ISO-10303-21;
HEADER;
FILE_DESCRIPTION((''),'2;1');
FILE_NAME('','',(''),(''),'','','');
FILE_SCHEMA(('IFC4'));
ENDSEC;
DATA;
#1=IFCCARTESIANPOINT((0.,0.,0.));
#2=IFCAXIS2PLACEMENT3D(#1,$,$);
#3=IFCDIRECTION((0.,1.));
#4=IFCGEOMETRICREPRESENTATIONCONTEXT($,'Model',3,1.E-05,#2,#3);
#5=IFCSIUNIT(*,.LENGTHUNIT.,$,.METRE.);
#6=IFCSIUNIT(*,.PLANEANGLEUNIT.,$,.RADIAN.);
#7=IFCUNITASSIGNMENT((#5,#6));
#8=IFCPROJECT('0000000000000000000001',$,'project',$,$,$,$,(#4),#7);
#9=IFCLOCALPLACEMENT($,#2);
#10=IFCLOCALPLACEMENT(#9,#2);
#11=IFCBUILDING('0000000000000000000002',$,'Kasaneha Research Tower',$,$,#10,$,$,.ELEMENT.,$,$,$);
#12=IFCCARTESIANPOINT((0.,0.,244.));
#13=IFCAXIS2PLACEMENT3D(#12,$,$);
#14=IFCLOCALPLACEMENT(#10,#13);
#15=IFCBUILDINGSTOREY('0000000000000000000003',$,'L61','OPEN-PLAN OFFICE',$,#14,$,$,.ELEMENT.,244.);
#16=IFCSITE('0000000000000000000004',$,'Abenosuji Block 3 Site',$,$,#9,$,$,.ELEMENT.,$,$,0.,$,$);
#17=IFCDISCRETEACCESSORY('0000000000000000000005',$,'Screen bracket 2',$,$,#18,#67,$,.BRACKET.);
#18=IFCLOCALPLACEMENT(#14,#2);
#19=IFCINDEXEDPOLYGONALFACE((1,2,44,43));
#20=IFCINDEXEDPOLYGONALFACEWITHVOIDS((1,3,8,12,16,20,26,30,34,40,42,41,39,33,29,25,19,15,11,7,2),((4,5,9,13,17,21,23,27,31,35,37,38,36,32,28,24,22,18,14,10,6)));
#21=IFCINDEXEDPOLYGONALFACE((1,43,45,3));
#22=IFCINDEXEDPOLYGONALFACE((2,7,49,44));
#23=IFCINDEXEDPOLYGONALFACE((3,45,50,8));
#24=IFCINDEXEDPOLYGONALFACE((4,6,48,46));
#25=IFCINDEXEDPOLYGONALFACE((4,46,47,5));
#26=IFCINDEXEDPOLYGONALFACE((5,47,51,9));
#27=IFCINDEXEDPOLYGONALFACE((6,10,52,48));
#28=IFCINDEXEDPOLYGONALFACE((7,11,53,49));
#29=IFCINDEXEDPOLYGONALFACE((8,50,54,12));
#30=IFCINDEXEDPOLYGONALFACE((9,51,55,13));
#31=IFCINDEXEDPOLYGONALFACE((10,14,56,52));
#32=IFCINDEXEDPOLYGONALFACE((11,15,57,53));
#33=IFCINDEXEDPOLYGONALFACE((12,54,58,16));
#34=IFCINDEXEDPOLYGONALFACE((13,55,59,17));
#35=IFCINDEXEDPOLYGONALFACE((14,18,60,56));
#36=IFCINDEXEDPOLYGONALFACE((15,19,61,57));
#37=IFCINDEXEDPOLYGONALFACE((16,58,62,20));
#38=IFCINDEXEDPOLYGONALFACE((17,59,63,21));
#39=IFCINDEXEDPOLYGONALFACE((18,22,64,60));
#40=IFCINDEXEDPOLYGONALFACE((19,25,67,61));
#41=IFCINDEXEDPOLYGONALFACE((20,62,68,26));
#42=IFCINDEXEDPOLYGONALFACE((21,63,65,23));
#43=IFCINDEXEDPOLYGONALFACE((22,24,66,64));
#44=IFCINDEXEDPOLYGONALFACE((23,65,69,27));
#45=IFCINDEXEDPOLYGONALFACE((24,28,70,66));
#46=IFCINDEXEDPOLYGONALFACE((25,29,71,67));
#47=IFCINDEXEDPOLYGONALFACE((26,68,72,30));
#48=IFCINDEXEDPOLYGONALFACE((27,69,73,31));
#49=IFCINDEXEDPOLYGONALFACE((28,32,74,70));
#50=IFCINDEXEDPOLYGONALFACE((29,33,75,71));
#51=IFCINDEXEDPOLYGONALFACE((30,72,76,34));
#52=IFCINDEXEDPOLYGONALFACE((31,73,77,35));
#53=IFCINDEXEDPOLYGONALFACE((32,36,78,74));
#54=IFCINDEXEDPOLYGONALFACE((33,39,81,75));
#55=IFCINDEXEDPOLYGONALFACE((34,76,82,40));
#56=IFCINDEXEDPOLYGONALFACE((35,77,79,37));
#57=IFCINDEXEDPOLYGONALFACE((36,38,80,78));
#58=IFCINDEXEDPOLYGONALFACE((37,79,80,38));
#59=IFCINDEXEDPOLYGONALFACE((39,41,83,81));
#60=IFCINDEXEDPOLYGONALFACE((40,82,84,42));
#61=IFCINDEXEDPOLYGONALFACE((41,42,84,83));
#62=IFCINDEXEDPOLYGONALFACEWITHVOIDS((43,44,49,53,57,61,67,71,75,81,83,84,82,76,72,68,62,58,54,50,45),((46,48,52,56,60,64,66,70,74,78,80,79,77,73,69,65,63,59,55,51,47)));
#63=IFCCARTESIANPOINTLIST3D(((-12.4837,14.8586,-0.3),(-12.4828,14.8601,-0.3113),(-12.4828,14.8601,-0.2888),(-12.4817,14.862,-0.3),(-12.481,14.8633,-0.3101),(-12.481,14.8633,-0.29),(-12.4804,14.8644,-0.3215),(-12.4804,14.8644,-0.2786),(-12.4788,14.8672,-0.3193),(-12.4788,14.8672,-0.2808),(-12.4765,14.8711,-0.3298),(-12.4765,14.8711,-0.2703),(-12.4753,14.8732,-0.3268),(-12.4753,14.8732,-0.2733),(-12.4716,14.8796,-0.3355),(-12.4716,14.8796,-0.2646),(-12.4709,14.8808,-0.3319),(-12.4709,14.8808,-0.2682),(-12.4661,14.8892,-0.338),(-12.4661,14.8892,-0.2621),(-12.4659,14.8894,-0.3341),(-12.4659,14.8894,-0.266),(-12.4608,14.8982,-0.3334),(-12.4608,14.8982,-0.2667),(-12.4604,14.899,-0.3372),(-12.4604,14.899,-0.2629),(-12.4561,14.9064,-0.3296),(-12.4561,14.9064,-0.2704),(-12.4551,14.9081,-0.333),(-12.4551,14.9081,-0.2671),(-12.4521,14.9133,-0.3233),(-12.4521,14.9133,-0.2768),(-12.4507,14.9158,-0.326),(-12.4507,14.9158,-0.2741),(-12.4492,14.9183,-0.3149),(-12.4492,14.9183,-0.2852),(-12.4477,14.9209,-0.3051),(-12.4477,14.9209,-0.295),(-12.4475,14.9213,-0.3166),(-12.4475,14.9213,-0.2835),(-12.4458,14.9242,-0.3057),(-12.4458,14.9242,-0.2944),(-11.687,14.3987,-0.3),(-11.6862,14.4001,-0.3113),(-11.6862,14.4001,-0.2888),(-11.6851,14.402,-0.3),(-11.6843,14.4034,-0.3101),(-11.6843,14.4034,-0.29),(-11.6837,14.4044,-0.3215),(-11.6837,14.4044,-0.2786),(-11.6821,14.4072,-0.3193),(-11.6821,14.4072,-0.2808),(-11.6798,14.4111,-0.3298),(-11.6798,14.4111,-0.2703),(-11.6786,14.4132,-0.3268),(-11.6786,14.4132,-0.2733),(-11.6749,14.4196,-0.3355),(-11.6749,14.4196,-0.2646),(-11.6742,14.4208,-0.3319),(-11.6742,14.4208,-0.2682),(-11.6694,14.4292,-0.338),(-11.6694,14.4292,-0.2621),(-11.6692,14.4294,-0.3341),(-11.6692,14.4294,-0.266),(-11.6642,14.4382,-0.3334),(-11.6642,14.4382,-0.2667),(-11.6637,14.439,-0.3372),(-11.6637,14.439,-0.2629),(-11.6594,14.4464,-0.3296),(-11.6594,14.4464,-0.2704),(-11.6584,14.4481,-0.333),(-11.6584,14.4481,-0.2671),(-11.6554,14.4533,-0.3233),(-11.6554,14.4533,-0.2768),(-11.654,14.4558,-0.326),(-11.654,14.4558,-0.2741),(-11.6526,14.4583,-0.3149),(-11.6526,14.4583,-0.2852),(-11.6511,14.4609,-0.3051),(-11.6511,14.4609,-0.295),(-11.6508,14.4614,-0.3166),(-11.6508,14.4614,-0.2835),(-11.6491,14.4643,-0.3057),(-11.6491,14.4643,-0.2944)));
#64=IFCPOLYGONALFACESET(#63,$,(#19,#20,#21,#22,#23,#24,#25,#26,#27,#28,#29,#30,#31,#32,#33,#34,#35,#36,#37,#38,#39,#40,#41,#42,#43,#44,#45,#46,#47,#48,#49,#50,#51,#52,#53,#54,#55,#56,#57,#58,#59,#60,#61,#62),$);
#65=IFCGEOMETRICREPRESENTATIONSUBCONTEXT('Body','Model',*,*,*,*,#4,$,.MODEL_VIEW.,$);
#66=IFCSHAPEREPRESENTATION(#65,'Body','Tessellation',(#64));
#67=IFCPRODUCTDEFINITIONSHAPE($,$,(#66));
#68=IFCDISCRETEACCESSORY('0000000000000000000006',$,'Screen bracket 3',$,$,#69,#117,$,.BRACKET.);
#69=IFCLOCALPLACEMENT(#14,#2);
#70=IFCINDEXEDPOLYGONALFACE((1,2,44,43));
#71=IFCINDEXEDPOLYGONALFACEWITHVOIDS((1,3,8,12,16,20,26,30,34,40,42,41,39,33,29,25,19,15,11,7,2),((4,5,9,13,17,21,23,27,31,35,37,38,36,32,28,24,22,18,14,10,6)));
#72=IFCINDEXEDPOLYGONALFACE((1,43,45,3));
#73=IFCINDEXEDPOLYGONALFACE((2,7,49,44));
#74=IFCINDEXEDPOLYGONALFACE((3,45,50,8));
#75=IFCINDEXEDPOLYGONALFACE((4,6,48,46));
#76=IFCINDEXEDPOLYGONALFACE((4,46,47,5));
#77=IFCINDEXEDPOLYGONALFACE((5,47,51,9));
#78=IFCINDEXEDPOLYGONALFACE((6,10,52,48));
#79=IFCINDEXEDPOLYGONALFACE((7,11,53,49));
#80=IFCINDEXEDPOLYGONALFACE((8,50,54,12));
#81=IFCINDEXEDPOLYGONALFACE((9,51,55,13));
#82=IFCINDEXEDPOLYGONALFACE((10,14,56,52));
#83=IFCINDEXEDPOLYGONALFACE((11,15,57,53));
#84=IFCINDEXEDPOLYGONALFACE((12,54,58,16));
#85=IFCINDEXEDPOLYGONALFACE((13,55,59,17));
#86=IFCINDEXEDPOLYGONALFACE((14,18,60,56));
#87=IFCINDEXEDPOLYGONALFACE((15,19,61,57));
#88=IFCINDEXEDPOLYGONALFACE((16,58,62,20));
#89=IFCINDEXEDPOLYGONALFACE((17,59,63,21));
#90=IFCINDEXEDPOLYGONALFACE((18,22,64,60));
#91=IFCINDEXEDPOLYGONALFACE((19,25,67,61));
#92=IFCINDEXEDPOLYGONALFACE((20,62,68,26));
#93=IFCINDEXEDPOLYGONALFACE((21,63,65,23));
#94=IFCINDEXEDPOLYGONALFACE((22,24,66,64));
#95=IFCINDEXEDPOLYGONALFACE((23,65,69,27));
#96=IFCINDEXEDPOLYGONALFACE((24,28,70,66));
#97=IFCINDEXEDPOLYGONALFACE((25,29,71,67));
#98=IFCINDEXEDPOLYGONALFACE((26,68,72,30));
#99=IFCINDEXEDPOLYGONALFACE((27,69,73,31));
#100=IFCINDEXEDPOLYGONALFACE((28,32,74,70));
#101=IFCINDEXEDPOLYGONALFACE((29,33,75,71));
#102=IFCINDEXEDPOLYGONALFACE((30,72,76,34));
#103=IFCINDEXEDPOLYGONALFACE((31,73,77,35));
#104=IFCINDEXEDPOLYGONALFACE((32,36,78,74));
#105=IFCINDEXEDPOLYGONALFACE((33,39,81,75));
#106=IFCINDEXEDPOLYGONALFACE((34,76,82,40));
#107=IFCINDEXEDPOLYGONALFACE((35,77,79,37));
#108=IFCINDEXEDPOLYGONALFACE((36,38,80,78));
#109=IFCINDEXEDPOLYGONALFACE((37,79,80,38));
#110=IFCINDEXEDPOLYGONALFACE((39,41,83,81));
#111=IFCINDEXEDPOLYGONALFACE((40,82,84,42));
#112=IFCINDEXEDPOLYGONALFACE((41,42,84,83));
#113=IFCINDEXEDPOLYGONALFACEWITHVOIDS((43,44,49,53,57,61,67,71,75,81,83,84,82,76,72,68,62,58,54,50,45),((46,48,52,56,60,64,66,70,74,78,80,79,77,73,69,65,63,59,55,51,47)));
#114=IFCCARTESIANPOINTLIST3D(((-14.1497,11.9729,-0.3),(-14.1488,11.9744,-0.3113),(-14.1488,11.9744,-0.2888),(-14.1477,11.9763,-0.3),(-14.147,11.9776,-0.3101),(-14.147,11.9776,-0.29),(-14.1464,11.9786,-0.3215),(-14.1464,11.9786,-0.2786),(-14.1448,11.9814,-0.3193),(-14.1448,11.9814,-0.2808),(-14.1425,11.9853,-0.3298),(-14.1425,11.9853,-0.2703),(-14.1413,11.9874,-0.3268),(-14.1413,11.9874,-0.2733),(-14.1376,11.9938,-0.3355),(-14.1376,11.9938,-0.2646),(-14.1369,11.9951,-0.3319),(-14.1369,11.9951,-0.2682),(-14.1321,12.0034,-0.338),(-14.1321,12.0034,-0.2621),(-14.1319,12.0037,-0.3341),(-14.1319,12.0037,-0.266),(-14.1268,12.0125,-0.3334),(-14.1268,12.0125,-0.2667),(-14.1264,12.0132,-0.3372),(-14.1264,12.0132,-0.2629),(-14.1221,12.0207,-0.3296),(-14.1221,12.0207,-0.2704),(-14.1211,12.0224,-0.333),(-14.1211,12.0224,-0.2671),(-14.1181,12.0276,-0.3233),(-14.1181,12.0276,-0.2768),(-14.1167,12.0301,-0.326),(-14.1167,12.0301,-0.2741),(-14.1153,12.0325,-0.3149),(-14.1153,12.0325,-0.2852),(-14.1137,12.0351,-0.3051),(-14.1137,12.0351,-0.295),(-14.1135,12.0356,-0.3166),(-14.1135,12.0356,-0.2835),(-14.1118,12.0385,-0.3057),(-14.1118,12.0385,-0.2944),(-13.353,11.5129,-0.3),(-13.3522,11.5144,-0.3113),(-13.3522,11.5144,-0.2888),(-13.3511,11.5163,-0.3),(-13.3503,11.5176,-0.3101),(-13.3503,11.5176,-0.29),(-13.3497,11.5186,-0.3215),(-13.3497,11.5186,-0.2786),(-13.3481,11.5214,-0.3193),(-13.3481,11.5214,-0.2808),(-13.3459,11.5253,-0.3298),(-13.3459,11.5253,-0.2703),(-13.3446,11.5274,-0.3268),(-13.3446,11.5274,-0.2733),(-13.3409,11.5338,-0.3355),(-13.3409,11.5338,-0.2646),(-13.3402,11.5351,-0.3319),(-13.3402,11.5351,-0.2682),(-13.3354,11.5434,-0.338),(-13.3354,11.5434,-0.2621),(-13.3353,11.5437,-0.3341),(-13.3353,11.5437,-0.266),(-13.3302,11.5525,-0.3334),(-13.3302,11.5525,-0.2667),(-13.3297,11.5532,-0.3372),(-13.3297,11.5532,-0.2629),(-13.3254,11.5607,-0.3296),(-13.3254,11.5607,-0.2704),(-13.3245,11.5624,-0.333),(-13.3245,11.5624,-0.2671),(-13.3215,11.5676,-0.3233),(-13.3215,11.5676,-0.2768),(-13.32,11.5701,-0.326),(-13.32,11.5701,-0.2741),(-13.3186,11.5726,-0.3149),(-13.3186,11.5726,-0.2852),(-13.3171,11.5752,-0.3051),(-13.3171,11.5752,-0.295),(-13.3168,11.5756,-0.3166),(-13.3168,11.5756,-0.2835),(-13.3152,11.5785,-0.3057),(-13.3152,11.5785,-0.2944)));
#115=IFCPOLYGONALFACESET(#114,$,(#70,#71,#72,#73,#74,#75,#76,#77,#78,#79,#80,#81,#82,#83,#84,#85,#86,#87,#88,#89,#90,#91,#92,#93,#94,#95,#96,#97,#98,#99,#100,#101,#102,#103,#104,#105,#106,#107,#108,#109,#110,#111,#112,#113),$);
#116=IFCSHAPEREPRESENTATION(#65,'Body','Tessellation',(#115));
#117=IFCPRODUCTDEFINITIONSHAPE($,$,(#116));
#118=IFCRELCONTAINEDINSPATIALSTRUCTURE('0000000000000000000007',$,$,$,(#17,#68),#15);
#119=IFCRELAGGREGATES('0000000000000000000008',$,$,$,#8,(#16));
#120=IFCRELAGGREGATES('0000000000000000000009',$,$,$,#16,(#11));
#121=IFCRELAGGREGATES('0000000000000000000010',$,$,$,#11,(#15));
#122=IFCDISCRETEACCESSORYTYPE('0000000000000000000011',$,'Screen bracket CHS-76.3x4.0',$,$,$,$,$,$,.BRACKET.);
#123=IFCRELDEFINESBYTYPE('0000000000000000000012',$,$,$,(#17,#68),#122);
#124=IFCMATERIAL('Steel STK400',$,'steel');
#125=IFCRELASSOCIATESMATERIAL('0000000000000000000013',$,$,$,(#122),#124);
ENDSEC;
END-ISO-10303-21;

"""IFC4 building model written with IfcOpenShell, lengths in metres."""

from ifc_helpers import new_model, si_unit, direction, frame, origin, origin_2d, place, context, subcontext, project, spatial, hollow_circle, extrude, material, material_profile, profile_set, type_object, element, save


model = new_model("IFC4")

# Units and contexts
model_context = context("Model", 3, precision=1e-05, world=origin(), true_north=direction((0.0, 1.0)))
body_context = subcontext(model_context, "Body", "Model", "MODEL_VIEW")
ifc_project = project(units=[si_unit("LENGTHUNIT", "METRE"), si_unit("PLANEANGLEUNIT", "RADIAN")], contexts=[model_context])

# Site, building, storey
site_placement = place(None, origin())
site = spatial("IfcSite", under=ifc_project, at=site_placement, Name="Abenosuji Block 3 Site", CompositionType="ELEMENT", RefElevation=0.0)
building_placement = place(site_placement, origin())
building = spatial("IfcBuilding", under=site, at=building_placement, Name="Kasaneha Research Tower", CompositionType="ELEMENT")
storey_placement = place(building_placement, frame((0.0, 0.0, 244.0)))
storey = spatial("IfcBuildingStorey", under=building, at=storey_placement, Name="L61", Description="OPEN-PLAN OFFICE", CompositionType="ELEMENT", Elevation=244.0)

# Discrete accessories
ifc_material_1 = material(Name="Steel STK400", Category="steel")
ifc_material_profile_1 = material_profile(ifc_material_1, hollow_circle(Radius=0.0381, WallThickness=0.0039, at=origin_2d()), Name="CHS-76.3x4.0")
ifc_profile_set_1 = profile_set([ifc_material_profile_1], Name="Steel STK400")
discrete_accessory_type = type_object("IfcDiscreteAccessoryType", Name="Screen bracket CHS-76.3x4.0", PredefinedType="BRACKET", material=ifc_profile_set_1)
for number, where, z_axis, x_axis, name in (
    (1, (-11.668, 14.4316, -0.3), (-0.866013, 0.500021, 0.0), (-0.500021, -0.866013, 0.0), "Screen bracket 2"),
    (2, (-13.334, 11.5459, -0.3), (-0.866013, 0.500021, 0.0), (-0.500021, -0.866013, 0.0), "Screen bracket 3"),
):
    element("IfcDiscreteAccessory", number, at=place(storey_placement, frame(where, z_axis=z_axis, x_axis=x_axis)), inside=storey, type_object=discrete_accessory_type, Name=name, PredefinedType="BRACKET", context=body_context, shape_type="SweptSolid", body=[
        extrude(hollow_circle(Radius=0.0381, WallThickness=0.0039, at=origin_2d()), origin(), (0.0, 0.0, 1.0), 0.9199),
    ])

save(model, "model.ifc")
